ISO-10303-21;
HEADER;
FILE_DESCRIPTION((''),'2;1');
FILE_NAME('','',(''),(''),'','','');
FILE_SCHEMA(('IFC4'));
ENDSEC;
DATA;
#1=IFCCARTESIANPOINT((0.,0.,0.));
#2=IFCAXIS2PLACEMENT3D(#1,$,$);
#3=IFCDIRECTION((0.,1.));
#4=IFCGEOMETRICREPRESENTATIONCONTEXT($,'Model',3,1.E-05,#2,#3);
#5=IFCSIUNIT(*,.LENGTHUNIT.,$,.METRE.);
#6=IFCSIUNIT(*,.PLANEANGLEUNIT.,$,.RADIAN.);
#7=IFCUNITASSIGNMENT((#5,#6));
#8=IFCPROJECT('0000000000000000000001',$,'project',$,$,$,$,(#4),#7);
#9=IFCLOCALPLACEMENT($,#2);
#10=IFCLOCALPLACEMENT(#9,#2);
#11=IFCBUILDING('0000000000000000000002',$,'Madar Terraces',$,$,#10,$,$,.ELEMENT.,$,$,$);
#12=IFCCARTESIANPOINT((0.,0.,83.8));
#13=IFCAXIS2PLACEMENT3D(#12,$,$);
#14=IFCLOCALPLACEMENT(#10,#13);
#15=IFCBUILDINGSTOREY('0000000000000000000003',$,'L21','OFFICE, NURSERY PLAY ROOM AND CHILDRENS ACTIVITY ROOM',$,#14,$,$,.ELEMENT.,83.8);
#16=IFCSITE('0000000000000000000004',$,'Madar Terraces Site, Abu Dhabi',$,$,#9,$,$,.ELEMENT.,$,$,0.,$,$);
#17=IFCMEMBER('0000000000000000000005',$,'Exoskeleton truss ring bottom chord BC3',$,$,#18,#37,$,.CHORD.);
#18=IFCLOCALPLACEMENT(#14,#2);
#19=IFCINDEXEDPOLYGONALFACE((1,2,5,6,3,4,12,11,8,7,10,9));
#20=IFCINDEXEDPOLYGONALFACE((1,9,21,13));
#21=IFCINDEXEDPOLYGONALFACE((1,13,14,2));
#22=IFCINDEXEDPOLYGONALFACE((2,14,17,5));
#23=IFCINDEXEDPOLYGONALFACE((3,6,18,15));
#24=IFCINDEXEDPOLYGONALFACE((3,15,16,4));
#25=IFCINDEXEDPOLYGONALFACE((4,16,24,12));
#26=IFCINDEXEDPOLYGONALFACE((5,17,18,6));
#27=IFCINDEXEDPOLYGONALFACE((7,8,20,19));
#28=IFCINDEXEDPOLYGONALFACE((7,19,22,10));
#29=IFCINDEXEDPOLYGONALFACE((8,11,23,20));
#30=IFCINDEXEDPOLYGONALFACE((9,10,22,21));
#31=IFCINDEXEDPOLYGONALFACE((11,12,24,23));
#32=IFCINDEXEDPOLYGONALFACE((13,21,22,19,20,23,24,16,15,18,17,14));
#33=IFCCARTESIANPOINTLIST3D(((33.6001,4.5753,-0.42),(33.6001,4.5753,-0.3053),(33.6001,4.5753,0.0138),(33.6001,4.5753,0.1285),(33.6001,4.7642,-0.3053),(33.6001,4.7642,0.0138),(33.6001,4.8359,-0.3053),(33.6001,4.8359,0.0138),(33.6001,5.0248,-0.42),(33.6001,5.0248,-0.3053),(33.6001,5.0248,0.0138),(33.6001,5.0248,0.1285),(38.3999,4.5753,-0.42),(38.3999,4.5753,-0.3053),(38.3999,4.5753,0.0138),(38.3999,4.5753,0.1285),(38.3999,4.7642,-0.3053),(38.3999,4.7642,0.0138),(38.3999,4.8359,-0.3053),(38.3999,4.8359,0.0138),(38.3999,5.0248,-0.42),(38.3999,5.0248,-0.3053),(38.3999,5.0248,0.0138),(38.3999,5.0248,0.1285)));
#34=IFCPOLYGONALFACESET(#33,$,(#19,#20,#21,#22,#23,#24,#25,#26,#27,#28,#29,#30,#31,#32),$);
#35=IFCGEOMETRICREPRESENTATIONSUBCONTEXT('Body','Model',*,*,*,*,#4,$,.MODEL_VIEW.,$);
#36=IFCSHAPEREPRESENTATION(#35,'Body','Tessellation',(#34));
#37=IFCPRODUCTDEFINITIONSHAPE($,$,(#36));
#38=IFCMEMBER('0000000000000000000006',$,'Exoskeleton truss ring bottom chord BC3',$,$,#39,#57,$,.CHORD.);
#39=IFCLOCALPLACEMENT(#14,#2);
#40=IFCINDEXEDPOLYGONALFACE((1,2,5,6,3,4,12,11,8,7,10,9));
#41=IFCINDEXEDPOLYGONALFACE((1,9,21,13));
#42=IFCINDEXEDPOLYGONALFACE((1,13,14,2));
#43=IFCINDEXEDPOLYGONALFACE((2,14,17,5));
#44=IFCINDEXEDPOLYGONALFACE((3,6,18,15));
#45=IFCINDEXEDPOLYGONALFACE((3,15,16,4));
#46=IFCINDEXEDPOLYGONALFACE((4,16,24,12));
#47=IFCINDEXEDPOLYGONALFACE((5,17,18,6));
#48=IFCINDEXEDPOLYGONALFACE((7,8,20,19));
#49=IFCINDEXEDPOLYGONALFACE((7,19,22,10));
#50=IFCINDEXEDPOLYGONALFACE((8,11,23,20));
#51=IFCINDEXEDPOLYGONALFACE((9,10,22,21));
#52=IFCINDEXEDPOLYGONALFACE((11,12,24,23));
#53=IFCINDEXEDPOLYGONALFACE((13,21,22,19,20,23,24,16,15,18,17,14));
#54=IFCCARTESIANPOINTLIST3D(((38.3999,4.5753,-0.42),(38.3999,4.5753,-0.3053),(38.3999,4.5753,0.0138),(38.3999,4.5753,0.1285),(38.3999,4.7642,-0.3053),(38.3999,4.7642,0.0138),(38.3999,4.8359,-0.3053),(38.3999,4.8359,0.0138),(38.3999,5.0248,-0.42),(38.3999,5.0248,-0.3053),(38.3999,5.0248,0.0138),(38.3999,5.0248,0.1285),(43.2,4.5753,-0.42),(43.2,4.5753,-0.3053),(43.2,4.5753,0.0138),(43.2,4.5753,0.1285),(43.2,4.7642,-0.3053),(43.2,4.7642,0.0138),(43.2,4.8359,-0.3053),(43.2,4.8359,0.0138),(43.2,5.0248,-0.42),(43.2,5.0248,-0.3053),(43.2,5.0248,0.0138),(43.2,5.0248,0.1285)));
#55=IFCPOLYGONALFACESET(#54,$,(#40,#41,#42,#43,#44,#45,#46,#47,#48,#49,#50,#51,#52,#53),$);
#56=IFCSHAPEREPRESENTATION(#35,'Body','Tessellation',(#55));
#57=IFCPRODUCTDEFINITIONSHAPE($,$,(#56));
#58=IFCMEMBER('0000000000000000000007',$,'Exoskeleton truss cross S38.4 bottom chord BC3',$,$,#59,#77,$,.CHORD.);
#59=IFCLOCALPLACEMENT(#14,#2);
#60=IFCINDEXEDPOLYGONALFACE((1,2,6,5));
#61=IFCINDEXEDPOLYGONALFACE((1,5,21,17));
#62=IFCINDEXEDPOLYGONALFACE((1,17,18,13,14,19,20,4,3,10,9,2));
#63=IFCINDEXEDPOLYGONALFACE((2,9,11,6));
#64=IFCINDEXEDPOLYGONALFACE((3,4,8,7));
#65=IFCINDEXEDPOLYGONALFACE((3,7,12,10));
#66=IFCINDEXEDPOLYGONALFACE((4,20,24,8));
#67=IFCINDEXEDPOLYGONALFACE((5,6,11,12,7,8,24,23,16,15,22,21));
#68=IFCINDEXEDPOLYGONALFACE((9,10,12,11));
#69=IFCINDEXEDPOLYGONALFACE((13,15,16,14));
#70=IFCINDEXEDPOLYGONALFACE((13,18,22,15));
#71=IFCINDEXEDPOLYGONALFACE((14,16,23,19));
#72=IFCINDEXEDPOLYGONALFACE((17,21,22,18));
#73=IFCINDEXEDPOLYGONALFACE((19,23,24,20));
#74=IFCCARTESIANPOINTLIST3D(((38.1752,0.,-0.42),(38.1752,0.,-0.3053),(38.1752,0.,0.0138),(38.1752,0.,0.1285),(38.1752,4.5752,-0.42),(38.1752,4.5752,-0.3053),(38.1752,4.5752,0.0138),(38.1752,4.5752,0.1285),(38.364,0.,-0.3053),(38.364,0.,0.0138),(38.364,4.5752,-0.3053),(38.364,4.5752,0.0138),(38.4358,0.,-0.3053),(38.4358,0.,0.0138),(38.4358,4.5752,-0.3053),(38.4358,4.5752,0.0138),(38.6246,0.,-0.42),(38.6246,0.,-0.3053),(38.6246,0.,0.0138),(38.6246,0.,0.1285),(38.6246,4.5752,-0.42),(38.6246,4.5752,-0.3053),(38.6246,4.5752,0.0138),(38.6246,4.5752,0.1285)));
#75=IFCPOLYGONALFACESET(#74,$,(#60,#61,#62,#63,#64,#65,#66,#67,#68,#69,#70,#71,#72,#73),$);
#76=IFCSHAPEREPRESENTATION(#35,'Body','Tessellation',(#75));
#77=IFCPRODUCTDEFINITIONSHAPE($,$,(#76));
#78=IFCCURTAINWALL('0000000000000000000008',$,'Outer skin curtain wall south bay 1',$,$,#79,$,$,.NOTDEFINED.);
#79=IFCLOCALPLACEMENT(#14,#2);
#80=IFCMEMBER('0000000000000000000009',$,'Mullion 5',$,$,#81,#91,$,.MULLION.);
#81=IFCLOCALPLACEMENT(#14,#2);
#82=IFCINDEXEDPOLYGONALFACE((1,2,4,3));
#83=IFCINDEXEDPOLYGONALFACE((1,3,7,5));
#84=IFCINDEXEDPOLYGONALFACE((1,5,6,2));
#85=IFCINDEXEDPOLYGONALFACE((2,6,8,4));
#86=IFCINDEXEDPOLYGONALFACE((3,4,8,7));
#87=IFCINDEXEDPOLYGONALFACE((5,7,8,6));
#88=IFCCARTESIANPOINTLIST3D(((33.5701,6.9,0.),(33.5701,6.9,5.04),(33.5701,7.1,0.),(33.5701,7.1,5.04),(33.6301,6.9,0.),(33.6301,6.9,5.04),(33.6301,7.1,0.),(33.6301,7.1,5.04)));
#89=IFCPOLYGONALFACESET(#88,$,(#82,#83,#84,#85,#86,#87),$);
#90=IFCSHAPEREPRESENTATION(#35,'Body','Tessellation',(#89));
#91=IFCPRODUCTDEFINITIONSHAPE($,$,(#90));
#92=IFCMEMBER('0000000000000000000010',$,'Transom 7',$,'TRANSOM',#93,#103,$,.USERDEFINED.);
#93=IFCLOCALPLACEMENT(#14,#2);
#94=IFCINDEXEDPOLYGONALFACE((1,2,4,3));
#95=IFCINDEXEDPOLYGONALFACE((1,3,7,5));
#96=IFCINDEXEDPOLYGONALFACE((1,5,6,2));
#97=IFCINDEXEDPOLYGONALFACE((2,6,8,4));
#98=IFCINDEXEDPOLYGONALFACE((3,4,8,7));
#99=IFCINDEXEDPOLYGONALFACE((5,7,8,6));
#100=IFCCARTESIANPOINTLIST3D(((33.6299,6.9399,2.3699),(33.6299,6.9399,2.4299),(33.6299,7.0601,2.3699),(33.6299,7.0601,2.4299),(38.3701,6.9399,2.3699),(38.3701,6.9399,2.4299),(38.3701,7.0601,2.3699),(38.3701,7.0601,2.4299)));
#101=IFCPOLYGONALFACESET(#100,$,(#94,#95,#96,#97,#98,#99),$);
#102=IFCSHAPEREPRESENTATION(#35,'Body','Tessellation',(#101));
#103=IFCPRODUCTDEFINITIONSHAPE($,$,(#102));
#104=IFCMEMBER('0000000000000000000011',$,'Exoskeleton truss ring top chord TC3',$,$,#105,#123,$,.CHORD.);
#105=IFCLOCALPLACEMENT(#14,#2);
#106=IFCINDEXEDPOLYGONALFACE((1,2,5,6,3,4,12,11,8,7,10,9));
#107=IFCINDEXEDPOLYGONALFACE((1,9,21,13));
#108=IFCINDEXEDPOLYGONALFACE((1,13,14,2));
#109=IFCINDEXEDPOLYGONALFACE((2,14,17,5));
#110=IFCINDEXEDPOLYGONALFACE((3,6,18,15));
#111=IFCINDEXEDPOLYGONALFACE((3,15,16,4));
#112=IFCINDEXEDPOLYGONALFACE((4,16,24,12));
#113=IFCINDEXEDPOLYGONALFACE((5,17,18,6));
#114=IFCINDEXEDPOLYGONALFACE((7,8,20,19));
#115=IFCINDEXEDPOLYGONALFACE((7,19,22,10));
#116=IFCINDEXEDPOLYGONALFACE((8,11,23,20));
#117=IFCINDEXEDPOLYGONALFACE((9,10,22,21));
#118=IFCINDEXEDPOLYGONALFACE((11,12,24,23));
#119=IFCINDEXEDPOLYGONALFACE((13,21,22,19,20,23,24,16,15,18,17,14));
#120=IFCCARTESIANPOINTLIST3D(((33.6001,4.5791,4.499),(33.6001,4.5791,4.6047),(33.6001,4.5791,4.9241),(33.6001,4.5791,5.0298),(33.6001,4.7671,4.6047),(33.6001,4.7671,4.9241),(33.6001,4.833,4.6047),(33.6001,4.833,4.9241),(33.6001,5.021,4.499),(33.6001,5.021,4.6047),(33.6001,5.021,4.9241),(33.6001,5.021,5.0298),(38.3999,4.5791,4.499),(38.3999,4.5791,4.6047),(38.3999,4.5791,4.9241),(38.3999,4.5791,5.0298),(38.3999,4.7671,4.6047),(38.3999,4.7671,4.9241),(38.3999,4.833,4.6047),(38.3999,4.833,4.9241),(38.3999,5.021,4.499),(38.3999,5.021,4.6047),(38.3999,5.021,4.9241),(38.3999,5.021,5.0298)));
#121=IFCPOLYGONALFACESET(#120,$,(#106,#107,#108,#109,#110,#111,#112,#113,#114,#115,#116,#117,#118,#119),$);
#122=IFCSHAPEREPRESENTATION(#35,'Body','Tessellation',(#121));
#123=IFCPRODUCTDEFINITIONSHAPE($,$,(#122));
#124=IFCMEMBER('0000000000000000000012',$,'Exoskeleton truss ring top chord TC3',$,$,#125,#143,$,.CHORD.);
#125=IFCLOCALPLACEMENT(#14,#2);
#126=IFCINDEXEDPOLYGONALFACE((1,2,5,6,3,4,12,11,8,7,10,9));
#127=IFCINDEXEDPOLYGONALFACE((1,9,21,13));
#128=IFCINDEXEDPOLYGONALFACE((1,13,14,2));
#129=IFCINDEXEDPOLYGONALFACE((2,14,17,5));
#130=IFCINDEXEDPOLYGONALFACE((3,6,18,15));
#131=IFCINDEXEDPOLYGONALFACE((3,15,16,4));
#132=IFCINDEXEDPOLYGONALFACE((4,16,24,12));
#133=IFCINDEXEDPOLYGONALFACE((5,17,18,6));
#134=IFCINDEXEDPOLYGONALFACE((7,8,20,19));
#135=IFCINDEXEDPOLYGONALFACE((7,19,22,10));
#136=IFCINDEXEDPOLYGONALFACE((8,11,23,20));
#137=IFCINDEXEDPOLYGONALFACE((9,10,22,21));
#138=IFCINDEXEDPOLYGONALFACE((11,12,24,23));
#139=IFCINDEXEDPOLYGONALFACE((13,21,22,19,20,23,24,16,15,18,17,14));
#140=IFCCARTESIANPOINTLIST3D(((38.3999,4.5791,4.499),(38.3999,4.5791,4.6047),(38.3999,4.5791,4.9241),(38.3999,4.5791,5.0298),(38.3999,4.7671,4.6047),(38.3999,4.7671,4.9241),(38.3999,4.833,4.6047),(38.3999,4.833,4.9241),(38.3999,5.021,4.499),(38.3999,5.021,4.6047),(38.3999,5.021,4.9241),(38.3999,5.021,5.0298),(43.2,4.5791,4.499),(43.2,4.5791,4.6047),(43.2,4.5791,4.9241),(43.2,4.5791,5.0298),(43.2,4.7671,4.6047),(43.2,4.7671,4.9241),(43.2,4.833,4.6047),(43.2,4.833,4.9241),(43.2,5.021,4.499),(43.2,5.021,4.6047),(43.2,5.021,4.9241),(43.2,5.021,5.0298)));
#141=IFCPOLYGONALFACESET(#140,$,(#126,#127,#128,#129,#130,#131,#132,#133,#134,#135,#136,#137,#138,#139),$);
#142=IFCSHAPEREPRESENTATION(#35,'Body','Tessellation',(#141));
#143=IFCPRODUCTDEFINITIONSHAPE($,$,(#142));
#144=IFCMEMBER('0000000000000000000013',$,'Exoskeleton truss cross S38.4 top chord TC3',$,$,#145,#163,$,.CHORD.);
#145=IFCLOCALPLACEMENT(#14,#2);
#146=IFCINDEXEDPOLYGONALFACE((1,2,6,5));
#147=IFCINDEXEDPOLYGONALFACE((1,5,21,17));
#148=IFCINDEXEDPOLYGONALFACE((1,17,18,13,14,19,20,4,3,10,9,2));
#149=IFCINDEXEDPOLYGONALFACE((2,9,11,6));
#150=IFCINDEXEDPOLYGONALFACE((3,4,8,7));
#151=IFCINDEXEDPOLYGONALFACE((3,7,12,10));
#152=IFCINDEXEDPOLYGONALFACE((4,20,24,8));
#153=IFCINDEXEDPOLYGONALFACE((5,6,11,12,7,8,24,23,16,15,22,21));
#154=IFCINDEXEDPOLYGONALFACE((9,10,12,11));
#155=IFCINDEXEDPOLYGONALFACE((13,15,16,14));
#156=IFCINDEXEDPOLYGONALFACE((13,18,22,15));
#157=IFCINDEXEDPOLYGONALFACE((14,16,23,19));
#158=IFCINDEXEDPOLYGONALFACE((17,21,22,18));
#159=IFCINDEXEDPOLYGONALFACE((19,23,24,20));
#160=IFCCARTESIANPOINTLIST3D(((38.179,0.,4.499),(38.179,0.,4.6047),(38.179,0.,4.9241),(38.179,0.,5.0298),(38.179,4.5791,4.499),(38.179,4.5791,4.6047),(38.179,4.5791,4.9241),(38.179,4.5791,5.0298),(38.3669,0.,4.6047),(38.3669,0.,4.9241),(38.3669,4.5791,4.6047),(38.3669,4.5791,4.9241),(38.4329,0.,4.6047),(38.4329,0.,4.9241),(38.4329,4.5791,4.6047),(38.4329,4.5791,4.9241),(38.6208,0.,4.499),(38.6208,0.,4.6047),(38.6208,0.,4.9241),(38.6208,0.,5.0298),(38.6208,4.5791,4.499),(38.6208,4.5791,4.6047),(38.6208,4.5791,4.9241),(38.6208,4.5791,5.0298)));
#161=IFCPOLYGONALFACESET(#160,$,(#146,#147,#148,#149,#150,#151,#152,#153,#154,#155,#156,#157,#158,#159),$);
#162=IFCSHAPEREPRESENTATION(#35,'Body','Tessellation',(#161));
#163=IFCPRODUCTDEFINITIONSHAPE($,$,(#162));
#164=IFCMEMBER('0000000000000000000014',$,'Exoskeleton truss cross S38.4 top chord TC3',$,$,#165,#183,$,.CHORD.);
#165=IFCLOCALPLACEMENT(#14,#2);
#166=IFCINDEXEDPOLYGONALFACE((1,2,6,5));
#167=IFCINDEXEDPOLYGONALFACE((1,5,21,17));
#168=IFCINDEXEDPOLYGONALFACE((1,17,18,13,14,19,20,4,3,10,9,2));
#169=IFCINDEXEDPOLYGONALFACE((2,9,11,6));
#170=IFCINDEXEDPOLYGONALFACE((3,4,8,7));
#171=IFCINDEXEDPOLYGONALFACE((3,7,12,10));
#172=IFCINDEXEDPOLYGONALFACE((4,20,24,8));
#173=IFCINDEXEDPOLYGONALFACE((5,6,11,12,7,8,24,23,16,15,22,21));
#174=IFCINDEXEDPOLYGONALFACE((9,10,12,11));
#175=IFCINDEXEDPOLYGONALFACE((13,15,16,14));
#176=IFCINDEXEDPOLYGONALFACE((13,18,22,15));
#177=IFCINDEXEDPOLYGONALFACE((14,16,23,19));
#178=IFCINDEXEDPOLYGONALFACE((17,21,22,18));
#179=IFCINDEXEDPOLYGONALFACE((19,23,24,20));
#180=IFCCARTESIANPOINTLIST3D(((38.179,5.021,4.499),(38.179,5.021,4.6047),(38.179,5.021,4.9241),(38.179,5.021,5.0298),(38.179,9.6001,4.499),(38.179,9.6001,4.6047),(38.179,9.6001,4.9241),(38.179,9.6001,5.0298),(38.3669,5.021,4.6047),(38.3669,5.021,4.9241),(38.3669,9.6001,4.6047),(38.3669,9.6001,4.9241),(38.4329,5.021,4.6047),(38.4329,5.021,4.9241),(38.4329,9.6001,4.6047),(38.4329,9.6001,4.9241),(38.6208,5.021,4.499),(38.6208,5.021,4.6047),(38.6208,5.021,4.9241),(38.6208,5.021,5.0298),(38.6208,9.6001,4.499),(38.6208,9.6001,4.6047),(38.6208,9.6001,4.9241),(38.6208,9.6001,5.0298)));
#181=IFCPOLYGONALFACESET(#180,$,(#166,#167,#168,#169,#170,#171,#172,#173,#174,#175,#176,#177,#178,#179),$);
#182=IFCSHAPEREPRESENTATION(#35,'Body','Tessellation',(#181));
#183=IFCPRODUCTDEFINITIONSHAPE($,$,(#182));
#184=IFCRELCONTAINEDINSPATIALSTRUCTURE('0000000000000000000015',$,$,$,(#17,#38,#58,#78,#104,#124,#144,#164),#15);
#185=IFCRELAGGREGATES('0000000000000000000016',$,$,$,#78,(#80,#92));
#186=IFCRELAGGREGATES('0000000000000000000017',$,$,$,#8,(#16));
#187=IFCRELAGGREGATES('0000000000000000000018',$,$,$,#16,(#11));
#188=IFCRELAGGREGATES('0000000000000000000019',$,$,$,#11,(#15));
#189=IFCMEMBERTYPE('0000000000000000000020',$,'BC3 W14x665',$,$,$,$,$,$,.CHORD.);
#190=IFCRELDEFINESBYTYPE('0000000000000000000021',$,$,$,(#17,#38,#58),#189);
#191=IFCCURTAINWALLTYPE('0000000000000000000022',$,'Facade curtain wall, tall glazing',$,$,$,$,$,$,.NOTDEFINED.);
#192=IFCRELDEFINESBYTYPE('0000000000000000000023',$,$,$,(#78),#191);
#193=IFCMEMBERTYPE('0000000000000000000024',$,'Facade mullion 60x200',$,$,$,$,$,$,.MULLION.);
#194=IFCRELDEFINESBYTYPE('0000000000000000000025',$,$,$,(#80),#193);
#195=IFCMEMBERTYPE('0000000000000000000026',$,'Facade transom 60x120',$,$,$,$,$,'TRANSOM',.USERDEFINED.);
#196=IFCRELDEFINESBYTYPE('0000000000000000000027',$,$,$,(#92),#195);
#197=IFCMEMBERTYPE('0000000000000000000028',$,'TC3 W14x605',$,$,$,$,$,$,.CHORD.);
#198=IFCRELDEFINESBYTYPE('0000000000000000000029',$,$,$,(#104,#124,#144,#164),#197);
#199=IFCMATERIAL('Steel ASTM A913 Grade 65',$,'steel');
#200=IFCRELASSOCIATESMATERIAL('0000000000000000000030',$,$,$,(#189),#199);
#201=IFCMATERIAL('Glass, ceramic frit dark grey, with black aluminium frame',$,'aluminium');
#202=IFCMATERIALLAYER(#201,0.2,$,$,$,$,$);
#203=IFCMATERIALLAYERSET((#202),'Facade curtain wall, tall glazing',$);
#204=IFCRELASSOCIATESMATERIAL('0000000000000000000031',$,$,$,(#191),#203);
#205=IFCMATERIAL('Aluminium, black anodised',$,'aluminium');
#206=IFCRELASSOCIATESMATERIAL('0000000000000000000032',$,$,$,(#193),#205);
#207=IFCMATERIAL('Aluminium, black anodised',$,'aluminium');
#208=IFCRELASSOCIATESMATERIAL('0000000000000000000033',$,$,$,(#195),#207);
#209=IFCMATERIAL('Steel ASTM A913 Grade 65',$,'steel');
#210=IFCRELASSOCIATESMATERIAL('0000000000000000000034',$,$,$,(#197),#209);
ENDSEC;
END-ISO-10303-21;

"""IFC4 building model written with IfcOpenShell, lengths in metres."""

from ifc_helpers import new_model, si_unit, direction, frame, origin, origin_2d, place, context, subcontext, project, spatial, rectangle, i_section, extrude, material, layer, layer_set, material_profile, profile_set, type_object, element, aggregate, save


model = new_model("IFC4")

# Units and contexts
model_context = context("Model", 3, precision=1e-05, world=origin(), true_north=direction((0.0, 1.0)))
body_context = subcontext(model_context, "Body", "Model", "MODEL_VIEW")
ifc_project = project(units=[si_unit("LENGTHUNIT", "METRE"), si_unit("PLANEANGLEUNIT", "RADIAN")], contexts=[model_context])

# Site, building, storey
site_placement = place(None, origin())
site = spatial("IfcSite", under=ifc_project, at=site_placement, Name="Madar Terraces Site, Abu Dhabi", CompositionType="ELEMENT", RefElevation=0.0)
building_placement = place(site_placement, origin())
building = spatial("IfcBuilding", under=site, at=building_placement, Name="Madar Terraces", CompositionType="ELEMENT")
storey_placement = place(building_placement, frame((0.0, 0.0, 83.8)))
storey = spatial("IfcBuildingStorey", under=building, at=storey_placement, Name="L21", Description="OFFICE, NURSERY PLAY ROOM AND CHILDRENS ACTIVITY ROOM", CompositionType="ELEMENT", Elevation=83.8)

# Members
ifc_material_1 = material(Name="Steel ASTM A913 Grade 65", Category="steel")
ifc_material_profile_1 = material_profile(ifc_material_1, i_section(OverallWidth=0.4495, OverallDepth=0.5486, WebThickness=0.0718, FlangeThickness=0.1147, at=origin_2d()), Name="W14x665")
ifc_profile_set_1 = profile_set([ifc_material_profile_1], Name="Steel ASTM A913 Grade 65")
member_type_1 = type_object("IfcMemberType", Name="BC3 W14x665", PredefinedType="CHORD", material=ifc_profile_set_1)
member_1_placement = place(storey_placement, frame((33.6001, 4.8, -0.1458), z_axis=(1.0, 0.0, 0.0), x_axis=(0.0, 1.0, 0.0)))
element("IfcMember", 1, at=member_1_placement, inside=storey, type_object=member_type_1, Name="Exoskeleton truss ring bottom chord BC3", PredefinedType="CHORD", context=body_context, shape_type="SweptSolid", body=[
    extrude(i_section(OverallWidth=0.4495, OverallDepth=0.5486, WebThickness=0.0718, FlangeThickness=0.1147, at=origin_2d()), origin(), (0.0, 0.0, 1.0), 4.7998),
])
member_2_placement = place(storey_placement, frame((38.3999, 4.8, -0.1458), z_axis=(1.0, 0.0, 0.0), x_axis=(0.0, 1.0, 0.0)))
element("IfcMember", 2, at=member_2_placement, inside=storey, type_object=member_type_1, Name="Exoskeleton truss ring bottom chord BC3", PredefinedType="CHORD", context=body_context, shape_type="SweptSolid", body=[
    extrude(i_section(OverallWidth=0.4495, OverallDepth=0.5486, WebThickness=0.0718, FlangeThickness=0.1147, at=origin_2d()), origin(), (0.0, 0.0, 1.0), 4.8),
])
member_3_placement = place(storey_placement, frame((38.3999, 0.0, -0.1458), z_axis=(0.0, 1.0, 0.0), x_axis=(-1.0, 0.0, 0.0)))
element("IfcMember", 3, at=member_3_placement, inside=storey, type_object=member_type_1, Name="Exoskeleton truss cross S38.4 bottom chord BC3", PredefinedType="CHORD", context=body_context, shape_type="SweptSolid", body=[
    extrude(i_section(OverallWidth=0.4495, OverallDepth=0.5486, WebThickness=0.0718, FlangeThickness=0.1147, at=origin_2d()), origin(), (0.0, 0.0, 1.0), 4.5752),
])

# Curtain wall, members
ifc_material_2 = material(Name="Glass, ceramic frit dark grey, with black aluminium frame", Category="aluminium")
ifc_layer_1 = layer(ifc_material_2, 0.2)
ifc_layer_set_1 = layer_set([ifc_layer_1], Name="Facade curtain wall, tall glazing")
curtain_wall_type = type_object("IfcCurtainWallType", Name="Facade curtain wall, tall glazing", PredefinedType="NOTDEFINED", material=ifc_layer_set_1)
curtain_wall_placement = place(storey_placement, origin())
curtain_wall = element("IfcCurtainWall", 4, at=curtain_wall_placement, inside=storey, type_object=curtain_wall_type, Name="Outer skin curtain wall south bay 1", PredefinedType="NOTDEFINED")
ifc_material_3 = material(Name="Aluminium, black anodised", Category="aluminium")
ifc_material_profile_2 = material_profile(ifc_material_3, rectangle(XDim=0.2, YDim=0.0601, at=origin_2d()), Name="Facade mullion 60x200")
ifc_profile_set_2 = profile_set([ifc_material_profile_2], Name="Aluminium, black anodised")
member_type_2 = type_object("IfcMemberType", Name="Facade mullion 60x200", PredefinedType="MULLION", material=ifc_profile_set_2)
member_4_placement = place(storey_placement, frame((33.6001, 7.0, 0.0), z_axis=(0.0, 0.0, 1.0), x_axis=(0.0, 1.0, 0.0)))
member_4 = element("IfcMember", 5, at=member_4_placement, type_object=member_type_2, Name="Mullion 5", PredefinedType="MULLION", context=body_context, shape_type="SweptSolid", body=[
    extrude(rectangle(XDim=0.2, YDim=0.0601, at=origin_2d()), origin(), (0.0, 0.0, 1.0), 5.04),
])
ifc_material_4 = material(Name="Aluminium, black anodised", Category="aluminium")
ifc_material_profile_3 = material_profile(ifc_material_4, rectangle(XDim=0.1201, YDim=0.0601, at=origin_2d()), Name="Facade transom 60x120")
ifc_profile_set_3 = profile_set([ifc_material_profile_3], Name="Aluminium, black anodised")
member_type_3 = type_object("IfcMemberType", Name="Facade transom 60x120", ElementType="TRANSOM", PredefinedType="USERDEFINED", material=ifc_profile_set_3)
member_5_placement = place(storey_placement, frame((33.6299, 7.0, 2.3999), z_axis=(1.0, 0.0, 0.0), x_axis=(0.0, 1.0, 0.0)))
member_5 = element("IfcMember", 6, at=member_5_placement, type_object=member_type_3, Name="Transom 7", ObjectType="TRANSOM", PredefinedType="USERDEFINED", context=body_context, shape_type="SweptSolid", body=[
    extrude(rectangle(XDim=0.1201, YDim=0.0601, at=origin_2d()), origin(), (0.0, 0.0, 1.0), 4.7402),
])

# Members
ifc_material_5 = material(Name="Steel ASTM A913 Grade 65", Category="steel")
ifc_material_profile_4 = material_profile(ifc_material_5, i_section(OverallWidth=0.4419, OverallDepth=0.5308, WebThickness=0.0659, FlangeThickness=0.1057, at=origin_2d()), Name="W14x605")
ifc_profile_set_4 = profile_set([ifc_material_profile_4], Name="Steel ASTM A913 Grade 65")
member_type_4 = type_object("IfcMemberType", Name="TC3 W14x605", PredefinedType="CHORD", material=ifc_profile_set_4)
member_6_placement = place(storey_placement, frame((33.6001, 4.8, 4.7644), z_axis=(1.0, 0.0, 0.0), x_axis=(0.0, 1.0, 0.0)))
element("IfcMember", 7, at=member_6_placement, inside=storey, type_object=member_type_4, Name="Exoskeleton truss ring top chord TC3", PredefinedType="CHORD", context=body_context, shape_type="SweptSolid", body=[
    extrude(i_section(OverallWidth=0.4419, OverallDepth=0.5308, WebThickness=0.0659, FlangeThickness=0.1057, at=origin_2d()), origin(), (0.0, 0.0, 1.0), 4.7998),
])
member_7_placement = place(storey_placement, frame((38.3999, 4.8, 4.7644), z_axis=(1.0, 0.0, 0.0), x_axis=(0.0, 1.0, 0.0)))
element("IfcMember", 8, at=member_7_placement, inside=storey, type_object=member_type_4, Name="Exoskeleton truss ring top chord TC3", PredefinedType="CHORD", context=body_context, shape_type="SweptSolid", body=[
    extrude(i_section(OverallWidth=0.4419, OverallDepth=0.5308, WebThickness=0.0659, FlangeThickness=0.1057, at=origin_2d()), origin(), (0.0, 0.0, 1.0), 4.8),
])
for number, where, z_axis, x_axis, name in (
    (9, (38.3999, 0.0, 4.7644), (0.0, 1.0, 0.0), (-1.0, 0.0, 0.0), "Exoskeleton truss cross S38.4 top chord TC3"),
    (10, (38.3999, 5.021, 4.7644), (0.0, 1.0, 0.0), (-1.0, 0.0, 0.0), "Exoskeleton truss cross S38.4 top chord TC3"),
):
    element("IfcMember", number, at=place(storey_placement, frame(where, z_axis=z_axis, x_axis=x_axis)), inside=storey, type_object=member_type_4, Name=name, PredefinedType="CHORD", context=body_context, shape_type="SweptSolid", body=[
        extrude(i_section(OverallWidth=0.4419, OverallDepth=0.5308, WebThickness=0.0659, FlangeThickness=0.1057, at=origin_2d()), origin(), (0.0, 0.0, 1.0), 4.5791),
    ])

aggregate(curtain_wall, [member_4, member_5])

save(model, "model.ifc")
